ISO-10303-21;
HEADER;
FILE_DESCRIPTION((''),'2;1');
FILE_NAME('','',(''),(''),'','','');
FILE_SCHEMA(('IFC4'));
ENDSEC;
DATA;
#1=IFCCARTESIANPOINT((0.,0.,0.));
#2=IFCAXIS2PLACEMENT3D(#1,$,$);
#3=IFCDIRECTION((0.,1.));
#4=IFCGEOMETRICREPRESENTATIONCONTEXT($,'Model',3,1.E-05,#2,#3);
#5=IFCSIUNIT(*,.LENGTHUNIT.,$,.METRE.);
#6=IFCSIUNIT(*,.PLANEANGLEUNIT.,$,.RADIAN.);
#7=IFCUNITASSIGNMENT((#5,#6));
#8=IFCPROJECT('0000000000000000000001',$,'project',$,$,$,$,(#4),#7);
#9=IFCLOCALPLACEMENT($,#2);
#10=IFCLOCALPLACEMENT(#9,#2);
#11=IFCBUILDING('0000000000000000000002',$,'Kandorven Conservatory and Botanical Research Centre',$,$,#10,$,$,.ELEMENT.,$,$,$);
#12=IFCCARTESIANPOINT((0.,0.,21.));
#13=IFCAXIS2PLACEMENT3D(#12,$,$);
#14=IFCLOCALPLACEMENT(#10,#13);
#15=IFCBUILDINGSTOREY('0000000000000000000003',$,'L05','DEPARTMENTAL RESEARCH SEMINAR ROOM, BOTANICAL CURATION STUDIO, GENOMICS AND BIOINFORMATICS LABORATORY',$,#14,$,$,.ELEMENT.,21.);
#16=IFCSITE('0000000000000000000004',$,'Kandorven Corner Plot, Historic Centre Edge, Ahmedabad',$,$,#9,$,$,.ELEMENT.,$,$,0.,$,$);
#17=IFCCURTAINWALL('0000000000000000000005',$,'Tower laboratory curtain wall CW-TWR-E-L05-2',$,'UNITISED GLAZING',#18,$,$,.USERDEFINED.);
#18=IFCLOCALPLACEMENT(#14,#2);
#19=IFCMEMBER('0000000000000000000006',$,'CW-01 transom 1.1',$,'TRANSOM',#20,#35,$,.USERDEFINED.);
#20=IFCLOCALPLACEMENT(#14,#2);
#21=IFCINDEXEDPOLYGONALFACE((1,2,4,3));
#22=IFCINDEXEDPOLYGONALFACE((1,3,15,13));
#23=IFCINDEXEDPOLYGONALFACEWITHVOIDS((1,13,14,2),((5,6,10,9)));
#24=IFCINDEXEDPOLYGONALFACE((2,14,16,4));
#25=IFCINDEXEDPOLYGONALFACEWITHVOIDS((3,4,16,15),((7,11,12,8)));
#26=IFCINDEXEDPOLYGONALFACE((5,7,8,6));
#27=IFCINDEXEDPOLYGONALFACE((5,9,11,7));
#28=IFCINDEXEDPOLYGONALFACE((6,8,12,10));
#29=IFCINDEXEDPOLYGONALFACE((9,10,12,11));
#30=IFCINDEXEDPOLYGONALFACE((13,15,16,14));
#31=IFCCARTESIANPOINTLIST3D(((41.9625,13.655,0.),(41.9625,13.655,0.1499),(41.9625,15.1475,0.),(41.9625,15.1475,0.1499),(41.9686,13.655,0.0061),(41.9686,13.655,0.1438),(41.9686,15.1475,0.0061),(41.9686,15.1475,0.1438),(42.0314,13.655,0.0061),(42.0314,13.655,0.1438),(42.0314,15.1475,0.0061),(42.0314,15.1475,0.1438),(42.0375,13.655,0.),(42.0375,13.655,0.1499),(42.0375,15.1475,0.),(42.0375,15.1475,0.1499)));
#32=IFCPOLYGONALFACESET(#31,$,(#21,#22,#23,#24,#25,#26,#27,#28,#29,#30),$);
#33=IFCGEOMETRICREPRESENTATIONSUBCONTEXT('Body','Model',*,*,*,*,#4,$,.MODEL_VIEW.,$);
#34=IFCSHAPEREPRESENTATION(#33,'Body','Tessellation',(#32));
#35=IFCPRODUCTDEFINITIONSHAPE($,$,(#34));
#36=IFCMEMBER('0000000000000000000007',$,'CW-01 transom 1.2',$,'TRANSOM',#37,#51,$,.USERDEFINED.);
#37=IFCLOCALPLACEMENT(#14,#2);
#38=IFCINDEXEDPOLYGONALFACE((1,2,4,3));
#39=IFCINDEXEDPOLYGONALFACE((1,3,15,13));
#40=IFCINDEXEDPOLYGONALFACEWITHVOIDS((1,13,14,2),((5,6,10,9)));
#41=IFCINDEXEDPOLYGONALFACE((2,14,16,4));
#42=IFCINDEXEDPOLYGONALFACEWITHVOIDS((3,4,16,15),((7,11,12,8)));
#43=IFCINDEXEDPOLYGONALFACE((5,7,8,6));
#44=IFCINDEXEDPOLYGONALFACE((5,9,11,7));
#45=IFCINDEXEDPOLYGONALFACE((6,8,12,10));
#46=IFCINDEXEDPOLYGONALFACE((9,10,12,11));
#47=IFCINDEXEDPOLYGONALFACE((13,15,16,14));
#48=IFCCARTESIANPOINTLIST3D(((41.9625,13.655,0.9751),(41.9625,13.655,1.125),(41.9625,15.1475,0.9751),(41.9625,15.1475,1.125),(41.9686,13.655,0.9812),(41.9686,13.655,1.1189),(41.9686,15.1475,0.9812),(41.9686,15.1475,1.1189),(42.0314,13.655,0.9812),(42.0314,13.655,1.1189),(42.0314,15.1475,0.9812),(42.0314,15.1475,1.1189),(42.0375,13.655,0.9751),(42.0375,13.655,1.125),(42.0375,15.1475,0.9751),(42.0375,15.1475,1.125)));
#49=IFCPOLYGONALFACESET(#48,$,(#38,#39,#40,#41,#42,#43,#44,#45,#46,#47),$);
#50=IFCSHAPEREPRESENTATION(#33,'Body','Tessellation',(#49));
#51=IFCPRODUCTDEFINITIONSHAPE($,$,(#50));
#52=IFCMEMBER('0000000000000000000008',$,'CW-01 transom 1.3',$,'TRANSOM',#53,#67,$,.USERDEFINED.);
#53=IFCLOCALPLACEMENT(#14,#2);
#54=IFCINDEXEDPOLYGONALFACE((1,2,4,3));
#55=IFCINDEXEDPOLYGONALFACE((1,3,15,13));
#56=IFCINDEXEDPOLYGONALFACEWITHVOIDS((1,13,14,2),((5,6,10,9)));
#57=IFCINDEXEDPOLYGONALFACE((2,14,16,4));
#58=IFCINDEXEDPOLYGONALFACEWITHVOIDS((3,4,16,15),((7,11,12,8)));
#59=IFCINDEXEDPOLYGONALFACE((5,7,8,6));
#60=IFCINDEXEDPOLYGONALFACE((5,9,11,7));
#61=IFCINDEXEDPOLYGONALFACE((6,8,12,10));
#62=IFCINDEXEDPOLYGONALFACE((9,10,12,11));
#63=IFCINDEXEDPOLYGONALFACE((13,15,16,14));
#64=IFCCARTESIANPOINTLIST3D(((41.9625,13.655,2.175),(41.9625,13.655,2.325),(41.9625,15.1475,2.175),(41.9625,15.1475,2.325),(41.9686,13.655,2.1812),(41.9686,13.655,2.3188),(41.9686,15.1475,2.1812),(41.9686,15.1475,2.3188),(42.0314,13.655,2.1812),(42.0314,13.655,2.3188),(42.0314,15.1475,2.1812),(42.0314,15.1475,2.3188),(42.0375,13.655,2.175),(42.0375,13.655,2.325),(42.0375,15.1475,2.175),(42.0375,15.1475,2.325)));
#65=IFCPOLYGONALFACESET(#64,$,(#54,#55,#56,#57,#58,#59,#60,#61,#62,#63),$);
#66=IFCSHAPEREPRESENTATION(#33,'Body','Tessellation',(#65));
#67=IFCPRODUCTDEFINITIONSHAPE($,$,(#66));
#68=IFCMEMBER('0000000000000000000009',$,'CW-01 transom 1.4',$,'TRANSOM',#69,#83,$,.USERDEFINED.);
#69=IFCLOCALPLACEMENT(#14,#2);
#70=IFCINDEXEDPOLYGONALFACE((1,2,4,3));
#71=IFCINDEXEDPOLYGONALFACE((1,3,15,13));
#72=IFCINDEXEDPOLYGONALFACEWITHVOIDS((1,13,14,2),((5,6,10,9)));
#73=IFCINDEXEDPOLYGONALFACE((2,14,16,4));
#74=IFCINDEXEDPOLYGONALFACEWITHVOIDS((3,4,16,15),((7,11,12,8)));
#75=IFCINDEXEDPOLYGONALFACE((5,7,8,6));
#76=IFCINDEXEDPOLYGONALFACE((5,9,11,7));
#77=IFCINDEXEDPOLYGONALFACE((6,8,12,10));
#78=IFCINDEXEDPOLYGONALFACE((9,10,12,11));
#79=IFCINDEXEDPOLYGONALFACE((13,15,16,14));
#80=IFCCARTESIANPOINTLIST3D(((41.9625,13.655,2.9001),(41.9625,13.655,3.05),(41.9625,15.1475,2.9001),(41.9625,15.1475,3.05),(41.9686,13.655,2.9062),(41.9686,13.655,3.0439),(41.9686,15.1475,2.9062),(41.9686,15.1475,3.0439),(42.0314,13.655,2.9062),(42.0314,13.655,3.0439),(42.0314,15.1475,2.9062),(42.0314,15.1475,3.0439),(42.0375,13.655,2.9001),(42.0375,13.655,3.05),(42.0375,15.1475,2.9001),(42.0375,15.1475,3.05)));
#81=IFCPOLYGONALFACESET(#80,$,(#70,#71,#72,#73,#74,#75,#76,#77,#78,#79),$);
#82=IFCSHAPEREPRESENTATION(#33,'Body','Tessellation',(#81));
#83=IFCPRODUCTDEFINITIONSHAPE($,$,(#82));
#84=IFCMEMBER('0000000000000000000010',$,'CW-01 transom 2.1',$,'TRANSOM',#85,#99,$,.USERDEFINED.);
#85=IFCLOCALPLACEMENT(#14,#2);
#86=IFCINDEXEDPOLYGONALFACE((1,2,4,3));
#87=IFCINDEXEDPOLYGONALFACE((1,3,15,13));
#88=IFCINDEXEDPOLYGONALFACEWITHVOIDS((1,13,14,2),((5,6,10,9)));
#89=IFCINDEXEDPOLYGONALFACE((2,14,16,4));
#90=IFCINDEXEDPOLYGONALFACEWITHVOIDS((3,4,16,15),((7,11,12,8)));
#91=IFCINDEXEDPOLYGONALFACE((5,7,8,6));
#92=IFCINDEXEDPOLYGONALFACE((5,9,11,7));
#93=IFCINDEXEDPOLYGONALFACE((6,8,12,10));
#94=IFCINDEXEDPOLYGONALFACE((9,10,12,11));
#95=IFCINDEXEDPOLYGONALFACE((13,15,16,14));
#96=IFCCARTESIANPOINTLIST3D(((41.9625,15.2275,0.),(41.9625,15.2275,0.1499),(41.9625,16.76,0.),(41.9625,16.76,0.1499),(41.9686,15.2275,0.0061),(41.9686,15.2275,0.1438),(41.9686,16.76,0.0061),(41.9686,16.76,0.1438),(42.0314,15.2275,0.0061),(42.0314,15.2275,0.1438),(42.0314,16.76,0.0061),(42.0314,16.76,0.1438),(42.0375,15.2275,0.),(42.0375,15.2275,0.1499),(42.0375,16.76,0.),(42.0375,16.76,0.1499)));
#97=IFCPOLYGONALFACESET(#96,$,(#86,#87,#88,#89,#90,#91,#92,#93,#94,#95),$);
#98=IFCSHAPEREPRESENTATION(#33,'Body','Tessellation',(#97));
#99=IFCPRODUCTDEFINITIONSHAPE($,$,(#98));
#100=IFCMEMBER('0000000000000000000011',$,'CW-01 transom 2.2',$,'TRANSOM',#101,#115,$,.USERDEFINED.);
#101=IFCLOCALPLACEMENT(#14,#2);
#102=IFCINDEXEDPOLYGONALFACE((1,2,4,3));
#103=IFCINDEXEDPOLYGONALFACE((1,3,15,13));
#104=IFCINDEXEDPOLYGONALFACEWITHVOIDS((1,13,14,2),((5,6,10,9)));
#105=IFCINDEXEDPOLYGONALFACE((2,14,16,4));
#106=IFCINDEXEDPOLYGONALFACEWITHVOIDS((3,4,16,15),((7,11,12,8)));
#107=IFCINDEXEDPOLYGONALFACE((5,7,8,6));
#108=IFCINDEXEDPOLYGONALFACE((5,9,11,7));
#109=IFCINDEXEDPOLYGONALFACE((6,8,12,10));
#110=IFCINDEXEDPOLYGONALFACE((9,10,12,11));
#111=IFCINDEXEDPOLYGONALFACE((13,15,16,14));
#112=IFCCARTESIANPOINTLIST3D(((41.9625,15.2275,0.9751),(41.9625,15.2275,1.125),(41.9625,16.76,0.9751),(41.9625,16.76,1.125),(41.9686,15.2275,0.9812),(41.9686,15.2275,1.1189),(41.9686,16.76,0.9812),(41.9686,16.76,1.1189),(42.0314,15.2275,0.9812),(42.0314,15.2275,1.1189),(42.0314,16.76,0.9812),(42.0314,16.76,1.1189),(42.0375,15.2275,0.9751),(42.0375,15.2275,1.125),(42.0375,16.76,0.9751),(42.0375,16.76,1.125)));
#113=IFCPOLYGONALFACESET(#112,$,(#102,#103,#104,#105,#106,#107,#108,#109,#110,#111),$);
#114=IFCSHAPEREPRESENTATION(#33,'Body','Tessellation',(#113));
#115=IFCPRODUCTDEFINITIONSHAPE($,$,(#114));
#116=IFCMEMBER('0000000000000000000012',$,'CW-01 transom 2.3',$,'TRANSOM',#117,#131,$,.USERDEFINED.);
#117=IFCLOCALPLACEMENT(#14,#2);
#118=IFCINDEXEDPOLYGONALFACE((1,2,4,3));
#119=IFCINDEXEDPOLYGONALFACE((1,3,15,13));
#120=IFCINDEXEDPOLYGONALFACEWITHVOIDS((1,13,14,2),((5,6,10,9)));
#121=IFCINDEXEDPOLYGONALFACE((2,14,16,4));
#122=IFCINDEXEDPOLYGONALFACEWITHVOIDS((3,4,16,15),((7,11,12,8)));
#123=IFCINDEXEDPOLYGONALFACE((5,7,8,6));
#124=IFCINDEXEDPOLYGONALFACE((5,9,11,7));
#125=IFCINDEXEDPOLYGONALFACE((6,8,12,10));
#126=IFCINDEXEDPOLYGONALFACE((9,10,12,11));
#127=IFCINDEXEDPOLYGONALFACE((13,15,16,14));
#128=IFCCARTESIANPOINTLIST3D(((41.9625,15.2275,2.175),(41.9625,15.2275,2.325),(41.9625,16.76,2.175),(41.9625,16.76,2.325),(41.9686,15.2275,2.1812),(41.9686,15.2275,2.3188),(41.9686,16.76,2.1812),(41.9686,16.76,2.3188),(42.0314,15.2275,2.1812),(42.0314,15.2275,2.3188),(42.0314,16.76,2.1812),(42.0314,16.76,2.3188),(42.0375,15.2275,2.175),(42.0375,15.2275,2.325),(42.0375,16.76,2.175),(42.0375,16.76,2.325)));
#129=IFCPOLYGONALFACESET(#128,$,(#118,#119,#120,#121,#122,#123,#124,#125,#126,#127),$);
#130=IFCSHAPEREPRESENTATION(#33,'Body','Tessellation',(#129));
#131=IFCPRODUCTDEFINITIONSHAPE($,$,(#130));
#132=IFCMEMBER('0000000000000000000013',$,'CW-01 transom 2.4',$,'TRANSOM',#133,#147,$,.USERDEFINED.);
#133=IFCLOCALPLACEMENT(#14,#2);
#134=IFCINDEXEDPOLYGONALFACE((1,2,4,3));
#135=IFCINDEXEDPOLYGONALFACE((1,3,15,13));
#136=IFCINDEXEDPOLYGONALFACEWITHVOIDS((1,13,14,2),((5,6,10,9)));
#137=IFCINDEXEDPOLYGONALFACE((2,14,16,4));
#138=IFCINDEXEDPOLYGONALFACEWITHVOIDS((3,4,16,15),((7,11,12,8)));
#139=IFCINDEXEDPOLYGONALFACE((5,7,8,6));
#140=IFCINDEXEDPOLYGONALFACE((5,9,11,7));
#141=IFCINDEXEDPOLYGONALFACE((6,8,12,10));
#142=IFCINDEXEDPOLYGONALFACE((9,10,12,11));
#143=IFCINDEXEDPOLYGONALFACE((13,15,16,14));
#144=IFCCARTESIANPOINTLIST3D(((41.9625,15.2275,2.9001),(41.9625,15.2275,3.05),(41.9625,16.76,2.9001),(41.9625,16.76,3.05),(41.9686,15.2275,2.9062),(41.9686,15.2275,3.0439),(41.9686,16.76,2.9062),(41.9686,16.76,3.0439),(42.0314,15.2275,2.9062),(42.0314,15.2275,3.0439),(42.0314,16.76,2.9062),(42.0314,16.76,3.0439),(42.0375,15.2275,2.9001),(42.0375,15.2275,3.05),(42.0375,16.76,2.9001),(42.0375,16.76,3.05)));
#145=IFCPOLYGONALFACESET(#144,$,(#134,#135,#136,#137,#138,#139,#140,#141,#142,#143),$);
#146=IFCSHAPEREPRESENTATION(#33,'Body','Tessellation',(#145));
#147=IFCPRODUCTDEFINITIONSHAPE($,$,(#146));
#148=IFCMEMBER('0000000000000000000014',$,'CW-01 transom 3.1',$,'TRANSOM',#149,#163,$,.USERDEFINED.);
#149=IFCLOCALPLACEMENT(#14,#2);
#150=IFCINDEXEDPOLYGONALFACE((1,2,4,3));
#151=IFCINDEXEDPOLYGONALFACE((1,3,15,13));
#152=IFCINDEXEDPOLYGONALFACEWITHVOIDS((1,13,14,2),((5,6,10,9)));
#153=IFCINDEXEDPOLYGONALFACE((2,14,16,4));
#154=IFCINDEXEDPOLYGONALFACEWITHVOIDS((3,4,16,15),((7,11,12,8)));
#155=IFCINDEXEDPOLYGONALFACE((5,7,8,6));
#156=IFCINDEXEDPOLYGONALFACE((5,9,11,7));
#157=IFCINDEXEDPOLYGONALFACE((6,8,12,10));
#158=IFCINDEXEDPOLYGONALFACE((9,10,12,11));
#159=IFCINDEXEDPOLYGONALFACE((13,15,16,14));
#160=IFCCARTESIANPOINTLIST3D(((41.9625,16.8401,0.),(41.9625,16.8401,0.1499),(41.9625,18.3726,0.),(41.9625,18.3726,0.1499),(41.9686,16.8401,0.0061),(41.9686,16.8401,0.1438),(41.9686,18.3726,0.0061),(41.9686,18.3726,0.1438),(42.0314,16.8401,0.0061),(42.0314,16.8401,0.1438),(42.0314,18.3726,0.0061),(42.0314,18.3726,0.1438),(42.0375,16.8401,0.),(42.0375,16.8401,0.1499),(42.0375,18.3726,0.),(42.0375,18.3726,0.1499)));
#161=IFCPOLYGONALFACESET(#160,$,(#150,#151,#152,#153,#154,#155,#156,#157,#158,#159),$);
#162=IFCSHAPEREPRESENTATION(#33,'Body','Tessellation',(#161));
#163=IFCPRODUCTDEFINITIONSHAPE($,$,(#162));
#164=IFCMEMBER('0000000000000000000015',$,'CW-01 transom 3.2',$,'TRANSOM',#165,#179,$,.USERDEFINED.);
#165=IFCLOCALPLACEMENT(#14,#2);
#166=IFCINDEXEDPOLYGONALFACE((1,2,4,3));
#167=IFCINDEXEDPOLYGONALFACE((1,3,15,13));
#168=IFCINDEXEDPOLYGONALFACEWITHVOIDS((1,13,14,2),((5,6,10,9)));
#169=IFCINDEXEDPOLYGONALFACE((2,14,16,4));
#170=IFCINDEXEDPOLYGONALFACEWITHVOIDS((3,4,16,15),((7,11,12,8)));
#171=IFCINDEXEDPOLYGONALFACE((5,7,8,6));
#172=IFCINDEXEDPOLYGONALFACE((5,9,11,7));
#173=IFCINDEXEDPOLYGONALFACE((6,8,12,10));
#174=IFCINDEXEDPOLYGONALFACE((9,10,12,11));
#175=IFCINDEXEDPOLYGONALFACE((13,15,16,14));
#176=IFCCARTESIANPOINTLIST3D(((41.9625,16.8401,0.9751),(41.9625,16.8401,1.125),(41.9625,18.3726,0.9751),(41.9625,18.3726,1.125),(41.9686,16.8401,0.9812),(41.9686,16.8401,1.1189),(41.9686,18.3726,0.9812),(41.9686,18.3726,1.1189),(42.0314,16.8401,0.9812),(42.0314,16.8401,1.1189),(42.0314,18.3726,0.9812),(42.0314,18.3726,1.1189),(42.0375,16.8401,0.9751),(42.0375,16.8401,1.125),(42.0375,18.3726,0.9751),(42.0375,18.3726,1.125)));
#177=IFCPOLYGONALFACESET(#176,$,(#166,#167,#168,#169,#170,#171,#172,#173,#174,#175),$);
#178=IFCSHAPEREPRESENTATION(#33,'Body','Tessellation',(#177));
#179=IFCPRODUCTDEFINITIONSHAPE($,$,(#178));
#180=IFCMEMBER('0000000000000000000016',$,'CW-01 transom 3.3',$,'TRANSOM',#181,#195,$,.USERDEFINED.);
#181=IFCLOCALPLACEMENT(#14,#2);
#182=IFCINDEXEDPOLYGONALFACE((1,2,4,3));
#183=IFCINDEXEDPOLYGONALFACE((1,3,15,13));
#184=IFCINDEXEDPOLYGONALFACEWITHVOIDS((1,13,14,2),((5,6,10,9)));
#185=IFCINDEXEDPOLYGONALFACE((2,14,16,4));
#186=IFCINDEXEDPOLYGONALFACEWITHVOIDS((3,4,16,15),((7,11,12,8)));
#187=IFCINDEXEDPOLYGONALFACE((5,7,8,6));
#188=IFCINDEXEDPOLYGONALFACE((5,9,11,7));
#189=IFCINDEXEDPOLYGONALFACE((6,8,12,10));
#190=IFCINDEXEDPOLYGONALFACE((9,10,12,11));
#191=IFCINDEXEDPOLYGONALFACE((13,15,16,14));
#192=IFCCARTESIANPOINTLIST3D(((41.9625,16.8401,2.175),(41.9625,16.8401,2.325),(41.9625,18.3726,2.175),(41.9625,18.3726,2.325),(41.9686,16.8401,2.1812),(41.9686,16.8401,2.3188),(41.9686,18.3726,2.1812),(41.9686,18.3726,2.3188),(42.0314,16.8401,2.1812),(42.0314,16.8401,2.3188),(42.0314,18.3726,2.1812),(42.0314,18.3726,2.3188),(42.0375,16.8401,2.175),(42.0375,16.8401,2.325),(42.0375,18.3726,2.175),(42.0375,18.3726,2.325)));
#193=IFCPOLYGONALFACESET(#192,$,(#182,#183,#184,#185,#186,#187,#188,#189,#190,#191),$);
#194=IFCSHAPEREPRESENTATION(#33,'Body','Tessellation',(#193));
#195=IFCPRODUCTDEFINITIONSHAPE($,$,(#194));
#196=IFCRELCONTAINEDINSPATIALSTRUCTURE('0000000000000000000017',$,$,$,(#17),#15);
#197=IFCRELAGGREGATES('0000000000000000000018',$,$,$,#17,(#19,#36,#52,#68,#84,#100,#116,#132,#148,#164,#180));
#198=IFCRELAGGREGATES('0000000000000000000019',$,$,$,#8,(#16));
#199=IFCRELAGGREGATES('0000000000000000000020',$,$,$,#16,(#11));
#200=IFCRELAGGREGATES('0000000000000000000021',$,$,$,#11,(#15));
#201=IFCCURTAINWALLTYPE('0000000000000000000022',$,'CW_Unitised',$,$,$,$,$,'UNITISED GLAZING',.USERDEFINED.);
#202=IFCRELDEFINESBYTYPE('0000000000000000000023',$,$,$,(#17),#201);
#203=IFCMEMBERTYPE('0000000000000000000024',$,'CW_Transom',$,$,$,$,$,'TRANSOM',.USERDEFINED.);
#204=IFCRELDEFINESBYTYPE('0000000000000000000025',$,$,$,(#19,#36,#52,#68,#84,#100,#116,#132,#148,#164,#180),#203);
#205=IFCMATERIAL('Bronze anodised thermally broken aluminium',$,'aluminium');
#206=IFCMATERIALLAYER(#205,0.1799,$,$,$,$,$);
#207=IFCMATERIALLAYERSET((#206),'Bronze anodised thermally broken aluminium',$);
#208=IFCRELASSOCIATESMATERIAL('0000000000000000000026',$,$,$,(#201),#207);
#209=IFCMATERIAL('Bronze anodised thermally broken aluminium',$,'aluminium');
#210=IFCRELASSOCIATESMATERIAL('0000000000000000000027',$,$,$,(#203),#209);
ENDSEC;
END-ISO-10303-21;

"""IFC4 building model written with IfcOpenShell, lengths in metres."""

from ifc_helpers import new_model, si_unit, direction, frame, origin, origin_2d, place, context, subcontext, project, spatial, hollow_rectangle, extrude, material, layer, layer_set, material_profile, profile_set, type_object, element, aggregate, save


model = new_model("IFC4")

# Units and contexts
model_context = context("Model", 3, precision=1e-05, world=origin(), true_north=direction((0.0, 1.0)))
body_context = subcontext(model_context, "Body", "Model", "MODEL_VIEW")
ifc_project = project(units=[si_unit("LENGTHUNIT", "METRE"), si_unit("PLANEANGLEUNIT", "RADIAN")], contexts=[model_context])

# Site, building, storey
site_placement = place(None, origin())
site = spatial("IfcSite", under=ifc_project, at=site_placement, Name="Kandorven Corner Plot, Historic Centre Edge, Ahmedabad", CompositionType="ELEMENT", RefElevation=0.0)
building_placement = place(site_placement, origin())
building = spatial("IfcBuilding", under=site, at=building_placement, Name="Kandorven Conservatory and Botanical Research Centre", CompositionType="ELEMENT")
storey_placement = place(building_placement, frame((0.0, 0.0, 21.0)))
storey = spatial("IfcBuildingStorey", under=building, at=storey_placement, Name="L05", Description="DEPARTMENTAL RESEARCH SEMINAR ROOM, BOTANICAL CURATION STUDIO, GENOMICS AND BIOINFORMATICS LABORATORY", CompositionType="ELEMENT", Elevation=21.0)

# Curtain wall, members
ifc_material_1 = material(Name="Bronze anodised thermally broken aluminium", Category="aluminium")
ifc_layer_1 = layer(ifc_material_1, 0.1799)
ifc_layer_set_1 = layer_set([ifc_layer_1], Name="Bronze anodised thermally broken aluminium")
curtain_wall_type = type_object("IfcCurtainWallType", Name="CW_Unitised", ElementType="UNITISED GLAZING", PredefinedType="USERDEFINED", material=ifc_layer_set_1)
curtain_wall_placement = place(storey_placement, origin())
curtain_wall = element("IfcCurtainWall", 1, at=curtain_wall_placement, inside=storey, type_object=curtain_wall_type, Name="Tower laboratory curtain wall CW-TWR-E-L05-2", ObjectType="UNITISED GLAZING", PredefinedType="USERDEFINED")
ifc_material_2 = material(Name="Bronze anodised thermally broken aluminium", Category="aluminium")
ifc_material_profile_1 = material_profile(ifc_material_2, hollow_rectangle(XDim=0.075, YDim=0.1499, WallThickness=0.0061, at=origin_2d()))
ifc_profile_set_1 = profile_set([ifc_material_profile_1], Name="Bronze anodised thermally broken aluminium")
member_type_1 = type_object("IfcMemberType", Name="CW_Transom", ElementType="TRANSOM", PredefinedType="USERDEFINED", material=ifc_profile_set_1)
member_1_placement = place(storey_placement, frame((42.0, 13.655, 0.075), z_axis=(0.0, 1.0, 0.0), x_axis=(-1.0, 0.0, 0.0)))
member_1 = element("IfcMember", 2, at=member_1_placement, type_object=member_type_1, Name="CW-01 transom 1.1", ObjectType="TRANSOM", PredefinedType="USERDEFINED", context=body_context, shape_type="SweptSolid", body=[
    extrude(hollow_rectangle(XDim=0.075, YDim=0.1499, WallThickness=0.0061, at=origin_2d()), origin(), (0.0, 0.0, 1.0), 1.4924),
])
member_2_placement = place(storey_placement, frame((42.0, 13.655, 1.05), z_axis=(0.0, 1.0, 0.0), x_axis=(-1.0, 0.0, 0.0)))
member_2 = element("IfcMember", 3, at=member_2_placement, type_object=member_type_1, Name="CW-01 transom 1.2", ObjectType="TRANSOM", PredefinedType="USERDEFINED", context=body_context, shape_type="SweptSolid", body=[
    extrude(hollow_rectangle(XDim=0.075, YDim=0.1499, WallThickness=0.0061, at=origin_2d()), origin(), (0.0, 0.0, 1.0), 1.4924),
])
member_3_placement = place(storey_placement, frame((42.0, 13.655, 2.25), z_axis=(0.0, 1.0, 0.0), x_axis=(-1.0, 0.0, 0.0)))
member_3 = element("IfcMember", 4, at=member_3_placement, type_object=member_type_1, Name="CW-01 transom 1.3", ObjectType="TRANSOM", PredefinedType="USERDEFINED", context=body_context, shape_type="SweptSolid", body=[
    extrude(hollow_rectangle(XDim=0.075, YDim=0.1499, WallThickness=0.0061, at=origin_2d()), origin(), (0.0, 0.0, 1.0), 1.4924),
])
member_4_placement = place(storey_placement, frame((42.0, 13.655, 2.9751), z_axis=(0.0, 1.0, 0.0), x_axis=(-1.0, 0.0, 0.0)))
member_4 = element("IfcMember", 5, at=member_4_placement, type_object=member_type_1, Name="CW-01 transom 1.4", ObjectType="TRANSOM", PredefinedType="USERDEFINED", context=body_context, shape_type="SweptSolid", body=[
    extrude(hollow_rectangle(XDim=0.075, YDim=0.1499, WallThickness=0.0061, at=origin_2d()), origin(), (0.0, 0.0, 1.0), 1.4924),
])
member_5_placement = place(storey_placement, frame((42.0, 15.2275, 0.075), z_axis=(0.0, 1.0, 0.0), x_axis=(-1.0, 0.0, 0.0)))
member_5 = element("IfcMember", 6, at=member_5_placement, type_object=member_type_1, Name="CW-01 transom 2.1", ObjectType="TRANSOM", PredefinedType="USERDEFINED", context=body_context, shape_type="SweptSolid", body=[
    extrude(hollow_rectangle(XDim=0.075, YDim=0.1499, WallThickness=0.0061, at=origin_2d()), origin(), (0.0, 0.0, 1.0), 1.5325),
])
member_6_placement = place(storey_placement, frame((42.0, 15.2275, 1.05), z_axis=(0.0, 1.0, 0.0), x_axis=(-1.0, 0.0, 0.0)))
member_6 = element("IfcMember", 7, at=member_6_placement, type_object=member_type_1, Name="CW-01 transom 2.2", ObjectType="TRANSOM", PredefinedType="USERDEFINED", context=body_context, shape_type="SweptSolid", body=[
    extrude(hollow_rectangle(XDim=0.075, YDim=0.1499, WallThickness=0.0061, at=origin_2d()), origin(), (0.0, 0.0, 1.0), 1.5325),
])
member_7_placement = place(storey_placement, frame((42.0, 15.2275, 2.25), z_axis=(0.0, 1.0, 0.0), x_axis=(-1.0, 0.0, 0.0)))
member_7 = element("IfcMember", 8, at=member_7_placement, type_object=member_type_1, Name="CW-01 transom 2.3", ObjectType="TRANSOM", PredefinedType="USERDEFINED", context=body_context, shape_type="SweptSolid", body=[
    extrude(hollow_rectangle(XDim=0.075, YDim=0.1499, WallThickness=0.0061, at=origin_2d()), origin(), (0.0, 0.0, 1.0), 1.5325),
])
member_8_placement = place(storey_placement, frame((42.0, 15.2275, 2.9751), z_axis=(0.0, 1.0, 0.0), x_axis=(-1.0, 0.0, 0.0)))
member_8 = element("IfcMember", 9, at=member_8_placement, type_object=member_type_1, Name="CW-01 transom 2.4", ObjectType="TRANSOM", PredefinedType="USERDEFINED", context=body_context, shape_type="SweptSolid", body=[
    extrude(hollow_rectangle(XDim=0.075, YDim=0.1499, WallThickness=0.0061, at=origin_2d()), origin(), (0.0, 0.0, 1.0), 1.5325),
])
member_9_placement = place(storey_placement, frame((42.0, 16.8401, 0.075), z_axis=(0.0, 1.0, 0.0), x_axis=(-1.0, 0.0, 0.0)))
member_9 = element("IfcMember", 10, at=member_9_placement, type_object=member_type_1, Name="CW-01 transom 3.1", ObjectType="TRANSOM", PredefinedType="USERDEFINED", context=body_context, shape_type="SweptSolid", body=[
    extrude(hollow_rectangle(XDim=0.075, YDim=0.1499, WallThickness=0.0061, at=origin_2d()), origin(), (0.0, 0.0, 1.0), 1.5325),
])
member_10_placement = place(storey_placement, frame((42.0, 16.8401, 1.05), z_axis=(0.0, 1.0, 0.0), x_axis=(-1.0, 0.0, 0.0)))
member_10 = element("IfcMember", 11, at=member_10_placement, type_object=member_type_1, Name="CW-01 transom 3.2", ObjectType="TRANSOM", PredefinedType="USERDEFINED", context=body_context, shape_type="SweptSolid", body=[
    extrude(hollow_rectangle(XDim=0.075, YDim=0.1499, WallThickness=0.0061, at=origin_2d()), origin(), (0.0, 0.0, 1.0), 1.5325),
])
member_11_placement = place(storey_placement, frame((42.0, 16.8401, 2.25), z_axis=(0.0, 1.0, 0.0), x_axis=(-1.0, 0.0, 0.0)))
member_11 = element("IfcMember", 12, at=member_11_placement, type_object=member_type_1, Name="CW-01 transom 3.3", ObjectType="TRANSOM", PredefinedType="USERDEFINED", context=body_context, shape_type="SweptSolid", body=[
    extrude(hollow_rectangle(XDim=0.075, YDim=0.1499, WallThickness=0.0061, at=origin_2d()), origin(), (0.0, 0.0, 1.0), 1.5325),
])
aggregate(curtain_wall, [member_1, member_2, member_3, member_4, member_5, member_6, member_7, member_8, member_9, member_10, member_11])

save(model, "model.ifc")
